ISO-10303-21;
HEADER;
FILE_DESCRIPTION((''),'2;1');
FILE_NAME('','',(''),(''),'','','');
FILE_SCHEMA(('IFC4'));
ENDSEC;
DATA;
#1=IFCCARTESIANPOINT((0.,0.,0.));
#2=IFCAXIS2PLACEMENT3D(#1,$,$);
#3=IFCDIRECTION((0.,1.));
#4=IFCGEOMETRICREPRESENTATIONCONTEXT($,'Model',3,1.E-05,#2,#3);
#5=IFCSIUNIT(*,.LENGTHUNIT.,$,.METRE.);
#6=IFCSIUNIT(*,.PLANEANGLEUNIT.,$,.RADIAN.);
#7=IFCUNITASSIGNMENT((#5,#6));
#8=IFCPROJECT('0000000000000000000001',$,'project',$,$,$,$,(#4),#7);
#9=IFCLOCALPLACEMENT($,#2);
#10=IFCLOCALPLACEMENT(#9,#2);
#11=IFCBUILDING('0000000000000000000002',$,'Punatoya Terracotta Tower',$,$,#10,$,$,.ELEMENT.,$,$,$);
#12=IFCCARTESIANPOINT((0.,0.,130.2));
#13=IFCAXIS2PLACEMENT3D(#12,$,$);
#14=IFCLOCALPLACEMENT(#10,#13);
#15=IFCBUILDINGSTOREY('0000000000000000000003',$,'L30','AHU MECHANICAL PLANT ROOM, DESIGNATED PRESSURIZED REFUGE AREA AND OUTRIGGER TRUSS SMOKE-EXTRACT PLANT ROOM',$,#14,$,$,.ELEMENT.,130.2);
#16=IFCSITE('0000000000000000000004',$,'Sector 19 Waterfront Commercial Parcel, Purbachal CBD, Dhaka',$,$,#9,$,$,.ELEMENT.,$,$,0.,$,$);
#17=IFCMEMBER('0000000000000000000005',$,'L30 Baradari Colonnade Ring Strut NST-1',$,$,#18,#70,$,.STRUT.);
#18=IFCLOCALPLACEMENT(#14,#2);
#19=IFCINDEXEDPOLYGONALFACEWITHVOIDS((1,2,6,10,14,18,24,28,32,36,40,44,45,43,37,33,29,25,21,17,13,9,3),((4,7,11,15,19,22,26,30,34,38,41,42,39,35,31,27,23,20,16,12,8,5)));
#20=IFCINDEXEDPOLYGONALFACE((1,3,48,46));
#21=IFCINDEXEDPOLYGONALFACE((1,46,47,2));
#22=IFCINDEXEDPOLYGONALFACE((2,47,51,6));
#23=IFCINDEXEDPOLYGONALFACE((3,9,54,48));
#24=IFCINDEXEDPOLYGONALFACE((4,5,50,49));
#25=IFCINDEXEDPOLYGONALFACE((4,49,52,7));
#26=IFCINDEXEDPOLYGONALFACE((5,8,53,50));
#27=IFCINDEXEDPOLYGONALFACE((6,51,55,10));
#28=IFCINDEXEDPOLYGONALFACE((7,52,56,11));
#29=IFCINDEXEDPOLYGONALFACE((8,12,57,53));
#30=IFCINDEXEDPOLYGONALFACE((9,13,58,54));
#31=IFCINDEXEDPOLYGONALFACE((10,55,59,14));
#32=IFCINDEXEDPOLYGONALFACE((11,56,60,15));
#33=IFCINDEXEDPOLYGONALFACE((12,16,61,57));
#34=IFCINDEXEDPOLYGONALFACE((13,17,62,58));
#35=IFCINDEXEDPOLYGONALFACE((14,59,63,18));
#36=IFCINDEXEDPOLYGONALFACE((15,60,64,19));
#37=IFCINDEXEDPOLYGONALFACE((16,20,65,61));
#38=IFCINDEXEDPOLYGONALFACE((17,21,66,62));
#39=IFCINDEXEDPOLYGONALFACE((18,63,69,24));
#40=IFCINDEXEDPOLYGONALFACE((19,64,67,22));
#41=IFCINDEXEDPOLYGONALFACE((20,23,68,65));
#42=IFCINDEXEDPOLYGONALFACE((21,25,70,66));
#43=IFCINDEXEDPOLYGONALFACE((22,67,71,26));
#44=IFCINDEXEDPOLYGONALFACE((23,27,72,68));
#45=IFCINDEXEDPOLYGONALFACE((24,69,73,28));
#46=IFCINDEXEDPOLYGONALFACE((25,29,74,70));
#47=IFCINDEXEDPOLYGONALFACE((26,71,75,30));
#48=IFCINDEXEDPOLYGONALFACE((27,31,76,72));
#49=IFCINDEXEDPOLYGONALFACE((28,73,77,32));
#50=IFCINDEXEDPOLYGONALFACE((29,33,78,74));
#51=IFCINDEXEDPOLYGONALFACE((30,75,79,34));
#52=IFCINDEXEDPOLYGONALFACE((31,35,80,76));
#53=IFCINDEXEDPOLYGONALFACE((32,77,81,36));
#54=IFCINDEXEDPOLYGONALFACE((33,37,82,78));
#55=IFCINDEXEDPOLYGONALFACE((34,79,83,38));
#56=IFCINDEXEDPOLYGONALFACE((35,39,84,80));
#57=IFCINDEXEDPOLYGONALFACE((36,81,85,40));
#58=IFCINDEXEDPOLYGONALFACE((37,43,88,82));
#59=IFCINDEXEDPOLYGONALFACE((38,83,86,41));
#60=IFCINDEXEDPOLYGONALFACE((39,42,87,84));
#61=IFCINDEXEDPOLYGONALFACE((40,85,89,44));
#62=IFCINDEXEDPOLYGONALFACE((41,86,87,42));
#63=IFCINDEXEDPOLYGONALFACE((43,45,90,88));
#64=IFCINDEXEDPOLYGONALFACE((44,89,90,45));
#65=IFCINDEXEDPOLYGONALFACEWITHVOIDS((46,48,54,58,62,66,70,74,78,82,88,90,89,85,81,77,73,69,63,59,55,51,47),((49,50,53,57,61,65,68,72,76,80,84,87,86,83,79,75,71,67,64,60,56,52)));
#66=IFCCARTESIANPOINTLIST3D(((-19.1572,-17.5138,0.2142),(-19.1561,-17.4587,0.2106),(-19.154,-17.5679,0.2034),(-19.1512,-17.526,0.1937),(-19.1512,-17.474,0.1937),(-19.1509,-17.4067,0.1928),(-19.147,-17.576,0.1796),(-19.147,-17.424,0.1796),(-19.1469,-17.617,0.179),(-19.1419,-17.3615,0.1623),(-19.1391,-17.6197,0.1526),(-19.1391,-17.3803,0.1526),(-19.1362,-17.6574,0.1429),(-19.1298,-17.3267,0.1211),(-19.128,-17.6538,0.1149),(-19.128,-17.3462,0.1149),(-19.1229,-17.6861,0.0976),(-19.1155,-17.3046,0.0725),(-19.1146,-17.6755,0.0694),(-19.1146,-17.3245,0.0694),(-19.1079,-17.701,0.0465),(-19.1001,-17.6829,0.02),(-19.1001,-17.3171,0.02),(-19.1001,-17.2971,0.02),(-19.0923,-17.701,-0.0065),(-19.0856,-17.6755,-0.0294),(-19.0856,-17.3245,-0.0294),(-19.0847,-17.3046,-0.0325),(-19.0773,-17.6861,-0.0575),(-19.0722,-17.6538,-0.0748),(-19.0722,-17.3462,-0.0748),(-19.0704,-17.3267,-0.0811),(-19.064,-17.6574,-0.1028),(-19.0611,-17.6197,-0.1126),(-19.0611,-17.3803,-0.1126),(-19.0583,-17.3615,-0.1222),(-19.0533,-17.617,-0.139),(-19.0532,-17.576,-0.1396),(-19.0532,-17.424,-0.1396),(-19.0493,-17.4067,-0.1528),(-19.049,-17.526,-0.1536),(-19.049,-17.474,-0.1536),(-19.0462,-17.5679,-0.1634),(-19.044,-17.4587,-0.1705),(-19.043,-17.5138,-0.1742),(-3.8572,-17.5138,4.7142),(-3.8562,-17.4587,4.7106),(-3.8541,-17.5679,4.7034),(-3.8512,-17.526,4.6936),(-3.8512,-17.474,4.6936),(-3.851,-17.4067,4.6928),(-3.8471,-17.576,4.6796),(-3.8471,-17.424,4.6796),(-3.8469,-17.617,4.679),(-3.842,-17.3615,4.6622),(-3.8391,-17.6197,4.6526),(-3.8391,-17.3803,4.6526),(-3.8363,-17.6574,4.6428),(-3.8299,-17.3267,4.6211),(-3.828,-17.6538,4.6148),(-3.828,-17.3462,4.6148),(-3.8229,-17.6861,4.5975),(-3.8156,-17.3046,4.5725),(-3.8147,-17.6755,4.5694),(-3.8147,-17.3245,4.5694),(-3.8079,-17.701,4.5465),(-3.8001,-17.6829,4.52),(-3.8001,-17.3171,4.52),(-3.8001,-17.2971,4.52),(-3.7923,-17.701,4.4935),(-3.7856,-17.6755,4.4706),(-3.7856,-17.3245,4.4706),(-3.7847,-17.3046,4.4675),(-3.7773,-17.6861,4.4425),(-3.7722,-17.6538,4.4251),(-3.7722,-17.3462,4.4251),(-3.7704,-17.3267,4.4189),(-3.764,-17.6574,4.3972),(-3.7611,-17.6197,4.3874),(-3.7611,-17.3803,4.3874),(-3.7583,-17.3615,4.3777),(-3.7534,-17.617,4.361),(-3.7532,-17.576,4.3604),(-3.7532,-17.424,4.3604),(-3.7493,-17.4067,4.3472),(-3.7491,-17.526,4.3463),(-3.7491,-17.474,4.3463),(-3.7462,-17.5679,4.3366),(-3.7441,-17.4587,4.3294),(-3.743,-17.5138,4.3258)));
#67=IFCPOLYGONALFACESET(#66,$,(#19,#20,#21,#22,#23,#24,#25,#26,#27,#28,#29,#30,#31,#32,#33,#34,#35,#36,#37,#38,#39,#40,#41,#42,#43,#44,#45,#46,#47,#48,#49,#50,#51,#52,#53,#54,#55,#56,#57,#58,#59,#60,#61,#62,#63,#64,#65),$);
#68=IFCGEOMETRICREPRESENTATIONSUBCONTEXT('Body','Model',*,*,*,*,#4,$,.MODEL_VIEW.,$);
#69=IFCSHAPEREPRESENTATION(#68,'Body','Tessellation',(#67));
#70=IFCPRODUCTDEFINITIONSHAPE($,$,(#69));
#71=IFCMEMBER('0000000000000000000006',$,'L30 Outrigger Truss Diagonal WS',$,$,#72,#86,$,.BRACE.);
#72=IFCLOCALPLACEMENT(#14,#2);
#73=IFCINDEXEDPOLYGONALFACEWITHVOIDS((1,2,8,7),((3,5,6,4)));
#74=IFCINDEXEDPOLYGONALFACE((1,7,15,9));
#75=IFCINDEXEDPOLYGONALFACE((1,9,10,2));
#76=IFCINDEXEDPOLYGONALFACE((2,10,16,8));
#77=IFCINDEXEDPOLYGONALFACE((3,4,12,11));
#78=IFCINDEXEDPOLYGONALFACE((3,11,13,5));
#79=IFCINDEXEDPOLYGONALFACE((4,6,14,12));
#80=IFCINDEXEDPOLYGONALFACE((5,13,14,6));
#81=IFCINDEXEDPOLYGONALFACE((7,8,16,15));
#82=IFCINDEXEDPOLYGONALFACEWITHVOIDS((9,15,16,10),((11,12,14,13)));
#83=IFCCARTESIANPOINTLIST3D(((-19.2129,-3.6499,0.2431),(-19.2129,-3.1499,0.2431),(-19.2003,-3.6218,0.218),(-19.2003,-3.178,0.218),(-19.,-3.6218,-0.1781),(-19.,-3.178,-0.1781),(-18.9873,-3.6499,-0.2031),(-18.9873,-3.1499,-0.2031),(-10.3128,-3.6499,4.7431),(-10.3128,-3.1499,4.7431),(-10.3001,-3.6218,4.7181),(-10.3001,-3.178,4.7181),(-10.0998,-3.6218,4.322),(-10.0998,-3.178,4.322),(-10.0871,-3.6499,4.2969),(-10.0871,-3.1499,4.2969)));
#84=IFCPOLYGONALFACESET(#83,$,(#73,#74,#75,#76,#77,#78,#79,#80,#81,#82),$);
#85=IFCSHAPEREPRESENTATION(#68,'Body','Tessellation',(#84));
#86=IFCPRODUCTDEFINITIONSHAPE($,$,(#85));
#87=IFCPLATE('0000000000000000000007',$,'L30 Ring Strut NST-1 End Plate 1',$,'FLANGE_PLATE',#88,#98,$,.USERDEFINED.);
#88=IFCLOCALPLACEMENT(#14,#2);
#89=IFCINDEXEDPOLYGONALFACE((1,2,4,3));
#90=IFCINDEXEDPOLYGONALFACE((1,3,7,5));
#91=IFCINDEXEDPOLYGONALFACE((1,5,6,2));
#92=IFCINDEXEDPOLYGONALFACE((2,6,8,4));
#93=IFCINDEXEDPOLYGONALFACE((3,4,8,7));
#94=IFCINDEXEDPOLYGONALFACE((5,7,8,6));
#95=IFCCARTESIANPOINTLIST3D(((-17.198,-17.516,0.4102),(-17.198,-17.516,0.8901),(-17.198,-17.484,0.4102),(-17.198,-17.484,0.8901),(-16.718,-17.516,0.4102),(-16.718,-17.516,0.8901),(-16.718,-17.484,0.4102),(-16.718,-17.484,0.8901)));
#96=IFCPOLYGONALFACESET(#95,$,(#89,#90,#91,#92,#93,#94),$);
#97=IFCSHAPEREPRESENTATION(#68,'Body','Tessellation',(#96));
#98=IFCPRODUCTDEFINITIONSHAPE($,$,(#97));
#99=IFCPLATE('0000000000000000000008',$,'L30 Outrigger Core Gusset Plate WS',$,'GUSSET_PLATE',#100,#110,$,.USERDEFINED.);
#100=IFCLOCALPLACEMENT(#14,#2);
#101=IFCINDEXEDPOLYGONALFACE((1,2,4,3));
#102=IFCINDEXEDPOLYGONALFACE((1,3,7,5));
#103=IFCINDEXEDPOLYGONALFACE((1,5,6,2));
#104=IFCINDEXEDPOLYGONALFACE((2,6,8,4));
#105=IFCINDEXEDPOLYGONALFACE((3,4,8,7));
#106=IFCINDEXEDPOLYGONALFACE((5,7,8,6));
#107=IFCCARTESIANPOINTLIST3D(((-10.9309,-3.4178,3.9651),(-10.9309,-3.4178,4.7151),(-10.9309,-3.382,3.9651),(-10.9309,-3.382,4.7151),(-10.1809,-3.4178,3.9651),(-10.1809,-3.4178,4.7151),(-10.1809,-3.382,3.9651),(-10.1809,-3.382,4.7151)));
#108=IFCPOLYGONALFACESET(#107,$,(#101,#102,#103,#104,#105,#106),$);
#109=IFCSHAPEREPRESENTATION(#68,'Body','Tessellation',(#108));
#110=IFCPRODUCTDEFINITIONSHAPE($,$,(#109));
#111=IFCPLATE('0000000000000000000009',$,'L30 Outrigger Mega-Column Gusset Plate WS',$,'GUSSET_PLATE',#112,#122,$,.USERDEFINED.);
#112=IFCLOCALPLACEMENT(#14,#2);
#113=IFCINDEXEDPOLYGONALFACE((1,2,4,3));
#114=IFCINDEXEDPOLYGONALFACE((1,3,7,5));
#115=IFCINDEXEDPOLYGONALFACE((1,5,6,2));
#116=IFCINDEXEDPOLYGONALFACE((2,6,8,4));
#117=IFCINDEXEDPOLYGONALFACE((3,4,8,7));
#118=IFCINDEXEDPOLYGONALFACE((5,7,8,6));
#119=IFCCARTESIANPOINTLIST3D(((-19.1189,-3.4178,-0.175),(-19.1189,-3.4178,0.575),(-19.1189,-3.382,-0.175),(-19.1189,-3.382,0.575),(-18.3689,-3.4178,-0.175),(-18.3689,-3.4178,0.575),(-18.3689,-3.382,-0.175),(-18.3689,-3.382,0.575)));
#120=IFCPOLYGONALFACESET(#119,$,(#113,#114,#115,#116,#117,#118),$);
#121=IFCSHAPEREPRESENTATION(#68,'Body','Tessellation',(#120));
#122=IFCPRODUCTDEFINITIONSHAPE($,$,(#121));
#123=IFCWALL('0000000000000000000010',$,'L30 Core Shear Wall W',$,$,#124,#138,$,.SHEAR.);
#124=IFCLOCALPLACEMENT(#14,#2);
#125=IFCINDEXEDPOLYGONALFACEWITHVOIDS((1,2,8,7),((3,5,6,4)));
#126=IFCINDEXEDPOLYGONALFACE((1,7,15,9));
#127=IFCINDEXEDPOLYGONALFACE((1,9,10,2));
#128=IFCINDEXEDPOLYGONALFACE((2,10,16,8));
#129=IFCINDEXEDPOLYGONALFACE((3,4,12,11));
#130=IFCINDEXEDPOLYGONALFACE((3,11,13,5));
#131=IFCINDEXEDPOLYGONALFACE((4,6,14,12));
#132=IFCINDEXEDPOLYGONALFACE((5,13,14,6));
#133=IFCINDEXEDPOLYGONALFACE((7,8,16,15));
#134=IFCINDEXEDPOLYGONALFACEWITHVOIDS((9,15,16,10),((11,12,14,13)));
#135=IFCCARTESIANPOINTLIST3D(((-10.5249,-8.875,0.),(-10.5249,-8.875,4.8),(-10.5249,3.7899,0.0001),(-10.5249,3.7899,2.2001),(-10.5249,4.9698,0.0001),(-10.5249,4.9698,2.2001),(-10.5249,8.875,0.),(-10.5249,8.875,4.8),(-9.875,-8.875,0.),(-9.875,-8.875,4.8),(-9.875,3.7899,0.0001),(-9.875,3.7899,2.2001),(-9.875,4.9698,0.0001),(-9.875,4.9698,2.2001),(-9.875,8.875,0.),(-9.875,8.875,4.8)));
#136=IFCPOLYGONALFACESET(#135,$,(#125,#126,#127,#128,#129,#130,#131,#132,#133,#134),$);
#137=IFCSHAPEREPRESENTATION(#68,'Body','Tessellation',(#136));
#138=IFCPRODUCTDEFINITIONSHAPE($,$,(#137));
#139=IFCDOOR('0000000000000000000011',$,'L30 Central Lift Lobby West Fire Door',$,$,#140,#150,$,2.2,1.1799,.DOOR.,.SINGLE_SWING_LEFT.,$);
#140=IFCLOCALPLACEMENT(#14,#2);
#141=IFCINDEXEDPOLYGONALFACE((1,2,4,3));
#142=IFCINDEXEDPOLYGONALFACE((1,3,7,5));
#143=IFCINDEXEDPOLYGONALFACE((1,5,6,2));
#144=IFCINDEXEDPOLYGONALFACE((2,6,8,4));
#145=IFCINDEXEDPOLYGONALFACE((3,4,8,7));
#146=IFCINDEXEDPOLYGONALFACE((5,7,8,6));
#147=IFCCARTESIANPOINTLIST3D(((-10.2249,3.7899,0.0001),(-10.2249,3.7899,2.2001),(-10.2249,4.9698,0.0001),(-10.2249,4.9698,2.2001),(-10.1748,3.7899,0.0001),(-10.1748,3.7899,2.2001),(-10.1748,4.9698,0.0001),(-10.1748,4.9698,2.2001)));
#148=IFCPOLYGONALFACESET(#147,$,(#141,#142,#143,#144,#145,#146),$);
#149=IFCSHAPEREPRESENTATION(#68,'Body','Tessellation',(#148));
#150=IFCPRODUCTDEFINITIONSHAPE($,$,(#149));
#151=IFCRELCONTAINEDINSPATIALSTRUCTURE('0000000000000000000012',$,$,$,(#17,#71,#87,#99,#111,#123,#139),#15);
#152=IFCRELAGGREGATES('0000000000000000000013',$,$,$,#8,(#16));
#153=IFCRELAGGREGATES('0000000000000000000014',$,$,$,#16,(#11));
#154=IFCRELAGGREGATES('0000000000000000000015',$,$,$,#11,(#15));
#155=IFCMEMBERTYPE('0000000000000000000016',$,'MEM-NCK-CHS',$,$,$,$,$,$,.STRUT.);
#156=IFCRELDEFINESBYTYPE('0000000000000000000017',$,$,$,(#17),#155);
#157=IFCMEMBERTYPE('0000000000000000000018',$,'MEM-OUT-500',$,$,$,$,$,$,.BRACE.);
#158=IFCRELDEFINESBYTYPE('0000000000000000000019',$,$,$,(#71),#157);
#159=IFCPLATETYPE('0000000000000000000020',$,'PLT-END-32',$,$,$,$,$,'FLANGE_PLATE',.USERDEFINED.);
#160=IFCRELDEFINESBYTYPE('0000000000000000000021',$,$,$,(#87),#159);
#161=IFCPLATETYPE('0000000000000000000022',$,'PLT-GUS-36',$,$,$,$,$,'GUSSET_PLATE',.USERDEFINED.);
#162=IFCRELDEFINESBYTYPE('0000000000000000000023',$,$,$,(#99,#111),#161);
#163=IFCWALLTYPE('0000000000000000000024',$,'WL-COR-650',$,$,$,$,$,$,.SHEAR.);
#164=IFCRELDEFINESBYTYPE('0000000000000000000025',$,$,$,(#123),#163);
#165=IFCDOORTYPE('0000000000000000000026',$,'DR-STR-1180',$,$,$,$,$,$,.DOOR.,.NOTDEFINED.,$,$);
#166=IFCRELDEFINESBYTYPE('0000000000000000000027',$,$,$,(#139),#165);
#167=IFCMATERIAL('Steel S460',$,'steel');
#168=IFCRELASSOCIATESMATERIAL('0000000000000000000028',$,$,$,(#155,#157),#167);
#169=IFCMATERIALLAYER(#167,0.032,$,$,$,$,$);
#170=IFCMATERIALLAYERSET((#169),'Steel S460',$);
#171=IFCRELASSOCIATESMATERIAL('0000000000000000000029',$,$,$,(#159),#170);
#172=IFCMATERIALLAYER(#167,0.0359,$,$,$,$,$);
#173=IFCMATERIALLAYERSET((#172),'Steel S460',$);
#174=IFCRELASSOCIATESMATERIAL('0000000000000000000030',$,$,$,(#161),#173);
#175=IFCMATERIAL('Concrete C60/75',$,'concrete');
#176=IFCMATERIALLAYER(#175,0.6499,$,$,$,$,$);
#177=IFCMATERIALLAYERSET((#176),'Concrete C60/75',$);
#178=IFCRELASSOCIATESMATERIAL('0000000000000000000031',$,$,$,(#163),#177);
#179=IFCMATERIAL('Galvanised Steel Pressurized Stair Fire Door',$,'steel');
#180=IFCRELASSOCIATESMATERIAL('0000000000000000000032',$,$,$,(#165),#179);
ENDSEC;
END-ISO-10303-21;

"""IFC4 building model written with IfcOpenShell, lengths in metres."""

from ifc_helpers import new_model, si_unit, direction, frame, frame_2d, origin, origin_2d, place, context, subcontext, project, spatial, rectangle, hollow_rectangle, hollow_circle, extrude, material, layer, layer_set, material_profile, profile_set, type_object, element, fill, save


model = new_model("IFC4")

# Units and contexts
model_context = context("Model", 3, precision=1e-05, world=origin(), true_north=direction((0.0, 1.0)))
body_context = subcontext(model_context, "Body", "Model", "MODEL_VIEW")
ifc_project = project(units=[si_unit("LENGTHUNIT", "METRE"), si_unit("PLANEANGLEUNIT", "RADIAN")], contexts=[model_context])

# Site, building, storey
site_placement = place(None, origin())
site = spatial("IfcSite", under=ifc_project, at=site_placement, Name="Sector 19 Waterfront Commercial Parcel, Purbachal CBD, Dhaka", CompositionType="ELEMENT", RefElevation=0.0)
building_placement = place(site_placement, origin())
building = spatial("IfcBuilding", under=site, at=building_placement, Name="Punatoya Terracotta Tower", CompositionType="ELEMENT")
storey_placement = place(building_placement, frame((0.0, 0.0, 130.2)))
storey = spatial("IfcBuildingStorey", under=building, at=storey_placement, Name="L30", Description="AHU MECHANICAL PLANT ROOM, DESIGNATED PRESSURIZED REFUGE AREA AND OUTRIGGER TRUSS SMOKE-EXTRACT PLANT ROOM", CompositionType="ELEMENT", Elevation=130.2)

# Shared definitions
ifc_material_1 = material(Name="Steel S460", Category="steel")

# Members
ifc_material_profile_1 = material_profile(ifc_material_1, hollow_circle(Radius=0.2029, WallThickness=0.02, at=origin_2d()))
ifc_profile_set_1 = profile_set([ifc_material_profile_1], Name="Steel S460")
member_type_1 = type_object("IfcMemberType", Name="MEM-NCK-CHS", PredefinedType="STRUT", material=ifc_profile_set_1)
member_1_placement = place(storey_placement, frame((-19.1001, -17.5, 0.02), z_axis=(0.959366, 0.0, 0.282165), x_axis=(0.0, 1.0, 0.0)))
element("IfcMember", 1, at=member_1_placement, inside=storey, type_object=member_type_1, Name="L30 Baradari Colonnade Ring Strut NST-1", PredefinedType="STRUT", context=body_context, shape_type="SweptSolid", body=[
    extrude(hollow_circle(Radius=0.2029, WallThickness=0.02, at=origin_2d()), origin(), (0.0, 0.0, 1.0), 15.948),
])
ifc_material_profile_2 = material_profile(ifc_material_1, hollow_rectangle(XDim=0.5, YDim=0.5, WallThickness=0.0281, at=origin_2d()))
ifc_profile_set_2 = profile_set([ifc_material_profile_2], Name="Steel S460")
member_type_2 = type_object("IfcMemberType", Name="MEM-OUT-500", PredefinedType="BRACE", material=ifc_profile_set_2)
member_2_placement = place(storey_placement, frame((-10.2, -3.3999, 4.52), z_axis=(-0.892416, 0.0, -0.451214), x_axis=(0.0, -1.0, 0.0)))
element("IfcMember", 2, at=member_2_placement, inside=storey, type_object=member_type_2, Name="L30 Outrigger Truss Diagonal WS", PredefinedType="BRACE", context=body_context, shape_type="SweptSolid", body=[
    extrude(hollow_rectangle(XDim=0.5, YDim=0.5, WallThickness=0.0281, at=origin_2d()), origin(), (0.0, 0.0, 1.0), 9.9731),
])

# Plates
ifc_layer_1 = layer(ifc_material_1, 0.032)
ifc_layer_set_1 = layer_set([ifc_layer_1], Name="Steel S460")
plate_type_1 = type_object("IfcPlateType", Name="PLT-END-32", ElementType="FLANGE_PLATE", PredefinedType="USERDEFINED", material=ifc_layer_set_1)
plate_placement = place(storey_placement, frame((-16.958, -17.5, 0.4102), z_axis=(0.0, 0.0, 1.0), x_axis=(1.0, 0.0, 0.0)))
element("IfcPlate", 3, at=plate_placement, inside=storey, type_object=plate_type_1, Name="L30 Ring Strut NST-1 End Plate 1", ObjectType="FLANGE_PLATE", PredefinedType="USERDEFINED", context=body_context, shape_type="SweptSolid", body=[
    extrude(rectangle(XDim=0.48, YDim=0.032, at=origin_2d()), origin(), (0.0, 0.0, 1.0), 0.48),
])
ifc_layer_2 = layer(ifc_material_1, 0.0359)
ifc_layer_set_2 = layer_set([ifc_layer_2], Name="Steel S460")
plate_type_2 = type_object("IfcPlateType", Name="PLT-GUS-36", ElementType="GUSSET_PLATE", PredefinedType="USERDEFINED", material=ifc_layer_set_2)
for number, where, z_axis, x_axis, name in (
    (4, (-10.5559, -3.3999, 3.9651), (0.0, 0.0, 1.0), (1.0, 0.0, 0.0), "L30 Outrigger Core Gusset Plate WS"),
    (5, (-18.7439, -3.3999, -0.175), (0.0, 0.0, 1.0), (1.0, 0.0, 0.0), "L30 Outrigger Mega-Column Gusset Plate WS"),
):
    element("IfcPlate", number, at=place(storey_placement, frame(where, z_axis=z_axis, x_axis=x_axis)), inside=storey, type_object=plate_type_2, Name=name, ObjectType="GUSSET_PLATE", PredefinedType="USERDEFINED", context=body_context, shape_type="SweptSolid", body=[
        extrude(rectangle(XDim=0.75, YDim=0.0359, at=origin_2d()), origin(), (0.0, 0.0, 1.0), 0.75),
    ])

# Wall, opening, door
ifc_material_2 = material(Name="Concrete C60/75", Category="concrete")
ifc_layer_3 = layer(ifc_material_2, 0.6499)
ifc_layer_set_3 = layer_set([ifc_layer_3], Name="Concrete C60/75")
wall_type_1 = type_object("IfcWallType", Name="WL-COR-650", PredefinedType="SHEAR", material=ifc_layer_set_3)
wall_1_placement = place(storey_placement, frame((-10.2, -8.875, 0.0), z_axis=(0.0, 0.0, 1.0), x_axis=(0.0, 1.0, 0.0)))
wall_1 = element("IfcWall", 6, at=wall_1_placement, inside=storey, type_object=wall_type_1, Name="L30 Core Shear Wall W", PredefinedType="SHEAR", context=body_context, shape_type="SweptSolid", body=[
    extrude(rectangle(XDim=17.75, YDim=0.6499, at=frame_2d((8.875, 0.0))), origin(), (0.0, 0.0, 1.0), 4.8),
])
opening_1_placement = place(wall_1_placement, frame((12.665, 0.0, 0.0)))
opening_1 = element("IfcOpeningElement", 7, at=opening_1_placement, cuts=wall_1, PredefinedType="OPENING", context=body_context, shape_type="SweptSolid", body=[
    extrude(rectangle(XDim=1.1799, YDim=2.2, at=frame_2d((0.5898, 1.1001))), frame((0.0, 0.335, 0.0), z_axis=(0.0, -1.0, 0.0), x_axis=(1.0, 0.0, 0.0)), (0.0, 0.0, 1.0), 0.6699),
])
ifc_material_3 = material(Name="Galvanised Steel Pressurized Stair Fire Door", Category="steel")
door_type_1 = type_object("IfcDoorType", Name="DR-STR-1180", OperationType="NOTDEFINED", PredefinedType="DOOR", material=ifc_material_3)
door_1_placement = place(opening_1_placement, origin())
door_1 = element("IfcDoor", 8, at=door_1_placement, inside=storey, type_object=door_type_1, Name="L30 Central Lift Lobby West Fire Door", OperationType="SINGLE_SWING_LEFT", OverallHeight=2.2, OverallWidth=1.1799, PredefinedType="DOOR", context=body_context, shape_type="SweptSolid", body=[
    extrude(rectangle(XDim=1.1799, YDim=2.2, at=frame_2d((0.5898, 1.1001))), frame((0.0, 0.0249, 0.0), z_axis=(0.0, -1.0, 0.0), x_axis=(1.0, 0.0, 0.0)), (0.0, 0.0, 1.0), 0.05),
])
fill(opening_1, door_1)

save(model, "model.ifc")
